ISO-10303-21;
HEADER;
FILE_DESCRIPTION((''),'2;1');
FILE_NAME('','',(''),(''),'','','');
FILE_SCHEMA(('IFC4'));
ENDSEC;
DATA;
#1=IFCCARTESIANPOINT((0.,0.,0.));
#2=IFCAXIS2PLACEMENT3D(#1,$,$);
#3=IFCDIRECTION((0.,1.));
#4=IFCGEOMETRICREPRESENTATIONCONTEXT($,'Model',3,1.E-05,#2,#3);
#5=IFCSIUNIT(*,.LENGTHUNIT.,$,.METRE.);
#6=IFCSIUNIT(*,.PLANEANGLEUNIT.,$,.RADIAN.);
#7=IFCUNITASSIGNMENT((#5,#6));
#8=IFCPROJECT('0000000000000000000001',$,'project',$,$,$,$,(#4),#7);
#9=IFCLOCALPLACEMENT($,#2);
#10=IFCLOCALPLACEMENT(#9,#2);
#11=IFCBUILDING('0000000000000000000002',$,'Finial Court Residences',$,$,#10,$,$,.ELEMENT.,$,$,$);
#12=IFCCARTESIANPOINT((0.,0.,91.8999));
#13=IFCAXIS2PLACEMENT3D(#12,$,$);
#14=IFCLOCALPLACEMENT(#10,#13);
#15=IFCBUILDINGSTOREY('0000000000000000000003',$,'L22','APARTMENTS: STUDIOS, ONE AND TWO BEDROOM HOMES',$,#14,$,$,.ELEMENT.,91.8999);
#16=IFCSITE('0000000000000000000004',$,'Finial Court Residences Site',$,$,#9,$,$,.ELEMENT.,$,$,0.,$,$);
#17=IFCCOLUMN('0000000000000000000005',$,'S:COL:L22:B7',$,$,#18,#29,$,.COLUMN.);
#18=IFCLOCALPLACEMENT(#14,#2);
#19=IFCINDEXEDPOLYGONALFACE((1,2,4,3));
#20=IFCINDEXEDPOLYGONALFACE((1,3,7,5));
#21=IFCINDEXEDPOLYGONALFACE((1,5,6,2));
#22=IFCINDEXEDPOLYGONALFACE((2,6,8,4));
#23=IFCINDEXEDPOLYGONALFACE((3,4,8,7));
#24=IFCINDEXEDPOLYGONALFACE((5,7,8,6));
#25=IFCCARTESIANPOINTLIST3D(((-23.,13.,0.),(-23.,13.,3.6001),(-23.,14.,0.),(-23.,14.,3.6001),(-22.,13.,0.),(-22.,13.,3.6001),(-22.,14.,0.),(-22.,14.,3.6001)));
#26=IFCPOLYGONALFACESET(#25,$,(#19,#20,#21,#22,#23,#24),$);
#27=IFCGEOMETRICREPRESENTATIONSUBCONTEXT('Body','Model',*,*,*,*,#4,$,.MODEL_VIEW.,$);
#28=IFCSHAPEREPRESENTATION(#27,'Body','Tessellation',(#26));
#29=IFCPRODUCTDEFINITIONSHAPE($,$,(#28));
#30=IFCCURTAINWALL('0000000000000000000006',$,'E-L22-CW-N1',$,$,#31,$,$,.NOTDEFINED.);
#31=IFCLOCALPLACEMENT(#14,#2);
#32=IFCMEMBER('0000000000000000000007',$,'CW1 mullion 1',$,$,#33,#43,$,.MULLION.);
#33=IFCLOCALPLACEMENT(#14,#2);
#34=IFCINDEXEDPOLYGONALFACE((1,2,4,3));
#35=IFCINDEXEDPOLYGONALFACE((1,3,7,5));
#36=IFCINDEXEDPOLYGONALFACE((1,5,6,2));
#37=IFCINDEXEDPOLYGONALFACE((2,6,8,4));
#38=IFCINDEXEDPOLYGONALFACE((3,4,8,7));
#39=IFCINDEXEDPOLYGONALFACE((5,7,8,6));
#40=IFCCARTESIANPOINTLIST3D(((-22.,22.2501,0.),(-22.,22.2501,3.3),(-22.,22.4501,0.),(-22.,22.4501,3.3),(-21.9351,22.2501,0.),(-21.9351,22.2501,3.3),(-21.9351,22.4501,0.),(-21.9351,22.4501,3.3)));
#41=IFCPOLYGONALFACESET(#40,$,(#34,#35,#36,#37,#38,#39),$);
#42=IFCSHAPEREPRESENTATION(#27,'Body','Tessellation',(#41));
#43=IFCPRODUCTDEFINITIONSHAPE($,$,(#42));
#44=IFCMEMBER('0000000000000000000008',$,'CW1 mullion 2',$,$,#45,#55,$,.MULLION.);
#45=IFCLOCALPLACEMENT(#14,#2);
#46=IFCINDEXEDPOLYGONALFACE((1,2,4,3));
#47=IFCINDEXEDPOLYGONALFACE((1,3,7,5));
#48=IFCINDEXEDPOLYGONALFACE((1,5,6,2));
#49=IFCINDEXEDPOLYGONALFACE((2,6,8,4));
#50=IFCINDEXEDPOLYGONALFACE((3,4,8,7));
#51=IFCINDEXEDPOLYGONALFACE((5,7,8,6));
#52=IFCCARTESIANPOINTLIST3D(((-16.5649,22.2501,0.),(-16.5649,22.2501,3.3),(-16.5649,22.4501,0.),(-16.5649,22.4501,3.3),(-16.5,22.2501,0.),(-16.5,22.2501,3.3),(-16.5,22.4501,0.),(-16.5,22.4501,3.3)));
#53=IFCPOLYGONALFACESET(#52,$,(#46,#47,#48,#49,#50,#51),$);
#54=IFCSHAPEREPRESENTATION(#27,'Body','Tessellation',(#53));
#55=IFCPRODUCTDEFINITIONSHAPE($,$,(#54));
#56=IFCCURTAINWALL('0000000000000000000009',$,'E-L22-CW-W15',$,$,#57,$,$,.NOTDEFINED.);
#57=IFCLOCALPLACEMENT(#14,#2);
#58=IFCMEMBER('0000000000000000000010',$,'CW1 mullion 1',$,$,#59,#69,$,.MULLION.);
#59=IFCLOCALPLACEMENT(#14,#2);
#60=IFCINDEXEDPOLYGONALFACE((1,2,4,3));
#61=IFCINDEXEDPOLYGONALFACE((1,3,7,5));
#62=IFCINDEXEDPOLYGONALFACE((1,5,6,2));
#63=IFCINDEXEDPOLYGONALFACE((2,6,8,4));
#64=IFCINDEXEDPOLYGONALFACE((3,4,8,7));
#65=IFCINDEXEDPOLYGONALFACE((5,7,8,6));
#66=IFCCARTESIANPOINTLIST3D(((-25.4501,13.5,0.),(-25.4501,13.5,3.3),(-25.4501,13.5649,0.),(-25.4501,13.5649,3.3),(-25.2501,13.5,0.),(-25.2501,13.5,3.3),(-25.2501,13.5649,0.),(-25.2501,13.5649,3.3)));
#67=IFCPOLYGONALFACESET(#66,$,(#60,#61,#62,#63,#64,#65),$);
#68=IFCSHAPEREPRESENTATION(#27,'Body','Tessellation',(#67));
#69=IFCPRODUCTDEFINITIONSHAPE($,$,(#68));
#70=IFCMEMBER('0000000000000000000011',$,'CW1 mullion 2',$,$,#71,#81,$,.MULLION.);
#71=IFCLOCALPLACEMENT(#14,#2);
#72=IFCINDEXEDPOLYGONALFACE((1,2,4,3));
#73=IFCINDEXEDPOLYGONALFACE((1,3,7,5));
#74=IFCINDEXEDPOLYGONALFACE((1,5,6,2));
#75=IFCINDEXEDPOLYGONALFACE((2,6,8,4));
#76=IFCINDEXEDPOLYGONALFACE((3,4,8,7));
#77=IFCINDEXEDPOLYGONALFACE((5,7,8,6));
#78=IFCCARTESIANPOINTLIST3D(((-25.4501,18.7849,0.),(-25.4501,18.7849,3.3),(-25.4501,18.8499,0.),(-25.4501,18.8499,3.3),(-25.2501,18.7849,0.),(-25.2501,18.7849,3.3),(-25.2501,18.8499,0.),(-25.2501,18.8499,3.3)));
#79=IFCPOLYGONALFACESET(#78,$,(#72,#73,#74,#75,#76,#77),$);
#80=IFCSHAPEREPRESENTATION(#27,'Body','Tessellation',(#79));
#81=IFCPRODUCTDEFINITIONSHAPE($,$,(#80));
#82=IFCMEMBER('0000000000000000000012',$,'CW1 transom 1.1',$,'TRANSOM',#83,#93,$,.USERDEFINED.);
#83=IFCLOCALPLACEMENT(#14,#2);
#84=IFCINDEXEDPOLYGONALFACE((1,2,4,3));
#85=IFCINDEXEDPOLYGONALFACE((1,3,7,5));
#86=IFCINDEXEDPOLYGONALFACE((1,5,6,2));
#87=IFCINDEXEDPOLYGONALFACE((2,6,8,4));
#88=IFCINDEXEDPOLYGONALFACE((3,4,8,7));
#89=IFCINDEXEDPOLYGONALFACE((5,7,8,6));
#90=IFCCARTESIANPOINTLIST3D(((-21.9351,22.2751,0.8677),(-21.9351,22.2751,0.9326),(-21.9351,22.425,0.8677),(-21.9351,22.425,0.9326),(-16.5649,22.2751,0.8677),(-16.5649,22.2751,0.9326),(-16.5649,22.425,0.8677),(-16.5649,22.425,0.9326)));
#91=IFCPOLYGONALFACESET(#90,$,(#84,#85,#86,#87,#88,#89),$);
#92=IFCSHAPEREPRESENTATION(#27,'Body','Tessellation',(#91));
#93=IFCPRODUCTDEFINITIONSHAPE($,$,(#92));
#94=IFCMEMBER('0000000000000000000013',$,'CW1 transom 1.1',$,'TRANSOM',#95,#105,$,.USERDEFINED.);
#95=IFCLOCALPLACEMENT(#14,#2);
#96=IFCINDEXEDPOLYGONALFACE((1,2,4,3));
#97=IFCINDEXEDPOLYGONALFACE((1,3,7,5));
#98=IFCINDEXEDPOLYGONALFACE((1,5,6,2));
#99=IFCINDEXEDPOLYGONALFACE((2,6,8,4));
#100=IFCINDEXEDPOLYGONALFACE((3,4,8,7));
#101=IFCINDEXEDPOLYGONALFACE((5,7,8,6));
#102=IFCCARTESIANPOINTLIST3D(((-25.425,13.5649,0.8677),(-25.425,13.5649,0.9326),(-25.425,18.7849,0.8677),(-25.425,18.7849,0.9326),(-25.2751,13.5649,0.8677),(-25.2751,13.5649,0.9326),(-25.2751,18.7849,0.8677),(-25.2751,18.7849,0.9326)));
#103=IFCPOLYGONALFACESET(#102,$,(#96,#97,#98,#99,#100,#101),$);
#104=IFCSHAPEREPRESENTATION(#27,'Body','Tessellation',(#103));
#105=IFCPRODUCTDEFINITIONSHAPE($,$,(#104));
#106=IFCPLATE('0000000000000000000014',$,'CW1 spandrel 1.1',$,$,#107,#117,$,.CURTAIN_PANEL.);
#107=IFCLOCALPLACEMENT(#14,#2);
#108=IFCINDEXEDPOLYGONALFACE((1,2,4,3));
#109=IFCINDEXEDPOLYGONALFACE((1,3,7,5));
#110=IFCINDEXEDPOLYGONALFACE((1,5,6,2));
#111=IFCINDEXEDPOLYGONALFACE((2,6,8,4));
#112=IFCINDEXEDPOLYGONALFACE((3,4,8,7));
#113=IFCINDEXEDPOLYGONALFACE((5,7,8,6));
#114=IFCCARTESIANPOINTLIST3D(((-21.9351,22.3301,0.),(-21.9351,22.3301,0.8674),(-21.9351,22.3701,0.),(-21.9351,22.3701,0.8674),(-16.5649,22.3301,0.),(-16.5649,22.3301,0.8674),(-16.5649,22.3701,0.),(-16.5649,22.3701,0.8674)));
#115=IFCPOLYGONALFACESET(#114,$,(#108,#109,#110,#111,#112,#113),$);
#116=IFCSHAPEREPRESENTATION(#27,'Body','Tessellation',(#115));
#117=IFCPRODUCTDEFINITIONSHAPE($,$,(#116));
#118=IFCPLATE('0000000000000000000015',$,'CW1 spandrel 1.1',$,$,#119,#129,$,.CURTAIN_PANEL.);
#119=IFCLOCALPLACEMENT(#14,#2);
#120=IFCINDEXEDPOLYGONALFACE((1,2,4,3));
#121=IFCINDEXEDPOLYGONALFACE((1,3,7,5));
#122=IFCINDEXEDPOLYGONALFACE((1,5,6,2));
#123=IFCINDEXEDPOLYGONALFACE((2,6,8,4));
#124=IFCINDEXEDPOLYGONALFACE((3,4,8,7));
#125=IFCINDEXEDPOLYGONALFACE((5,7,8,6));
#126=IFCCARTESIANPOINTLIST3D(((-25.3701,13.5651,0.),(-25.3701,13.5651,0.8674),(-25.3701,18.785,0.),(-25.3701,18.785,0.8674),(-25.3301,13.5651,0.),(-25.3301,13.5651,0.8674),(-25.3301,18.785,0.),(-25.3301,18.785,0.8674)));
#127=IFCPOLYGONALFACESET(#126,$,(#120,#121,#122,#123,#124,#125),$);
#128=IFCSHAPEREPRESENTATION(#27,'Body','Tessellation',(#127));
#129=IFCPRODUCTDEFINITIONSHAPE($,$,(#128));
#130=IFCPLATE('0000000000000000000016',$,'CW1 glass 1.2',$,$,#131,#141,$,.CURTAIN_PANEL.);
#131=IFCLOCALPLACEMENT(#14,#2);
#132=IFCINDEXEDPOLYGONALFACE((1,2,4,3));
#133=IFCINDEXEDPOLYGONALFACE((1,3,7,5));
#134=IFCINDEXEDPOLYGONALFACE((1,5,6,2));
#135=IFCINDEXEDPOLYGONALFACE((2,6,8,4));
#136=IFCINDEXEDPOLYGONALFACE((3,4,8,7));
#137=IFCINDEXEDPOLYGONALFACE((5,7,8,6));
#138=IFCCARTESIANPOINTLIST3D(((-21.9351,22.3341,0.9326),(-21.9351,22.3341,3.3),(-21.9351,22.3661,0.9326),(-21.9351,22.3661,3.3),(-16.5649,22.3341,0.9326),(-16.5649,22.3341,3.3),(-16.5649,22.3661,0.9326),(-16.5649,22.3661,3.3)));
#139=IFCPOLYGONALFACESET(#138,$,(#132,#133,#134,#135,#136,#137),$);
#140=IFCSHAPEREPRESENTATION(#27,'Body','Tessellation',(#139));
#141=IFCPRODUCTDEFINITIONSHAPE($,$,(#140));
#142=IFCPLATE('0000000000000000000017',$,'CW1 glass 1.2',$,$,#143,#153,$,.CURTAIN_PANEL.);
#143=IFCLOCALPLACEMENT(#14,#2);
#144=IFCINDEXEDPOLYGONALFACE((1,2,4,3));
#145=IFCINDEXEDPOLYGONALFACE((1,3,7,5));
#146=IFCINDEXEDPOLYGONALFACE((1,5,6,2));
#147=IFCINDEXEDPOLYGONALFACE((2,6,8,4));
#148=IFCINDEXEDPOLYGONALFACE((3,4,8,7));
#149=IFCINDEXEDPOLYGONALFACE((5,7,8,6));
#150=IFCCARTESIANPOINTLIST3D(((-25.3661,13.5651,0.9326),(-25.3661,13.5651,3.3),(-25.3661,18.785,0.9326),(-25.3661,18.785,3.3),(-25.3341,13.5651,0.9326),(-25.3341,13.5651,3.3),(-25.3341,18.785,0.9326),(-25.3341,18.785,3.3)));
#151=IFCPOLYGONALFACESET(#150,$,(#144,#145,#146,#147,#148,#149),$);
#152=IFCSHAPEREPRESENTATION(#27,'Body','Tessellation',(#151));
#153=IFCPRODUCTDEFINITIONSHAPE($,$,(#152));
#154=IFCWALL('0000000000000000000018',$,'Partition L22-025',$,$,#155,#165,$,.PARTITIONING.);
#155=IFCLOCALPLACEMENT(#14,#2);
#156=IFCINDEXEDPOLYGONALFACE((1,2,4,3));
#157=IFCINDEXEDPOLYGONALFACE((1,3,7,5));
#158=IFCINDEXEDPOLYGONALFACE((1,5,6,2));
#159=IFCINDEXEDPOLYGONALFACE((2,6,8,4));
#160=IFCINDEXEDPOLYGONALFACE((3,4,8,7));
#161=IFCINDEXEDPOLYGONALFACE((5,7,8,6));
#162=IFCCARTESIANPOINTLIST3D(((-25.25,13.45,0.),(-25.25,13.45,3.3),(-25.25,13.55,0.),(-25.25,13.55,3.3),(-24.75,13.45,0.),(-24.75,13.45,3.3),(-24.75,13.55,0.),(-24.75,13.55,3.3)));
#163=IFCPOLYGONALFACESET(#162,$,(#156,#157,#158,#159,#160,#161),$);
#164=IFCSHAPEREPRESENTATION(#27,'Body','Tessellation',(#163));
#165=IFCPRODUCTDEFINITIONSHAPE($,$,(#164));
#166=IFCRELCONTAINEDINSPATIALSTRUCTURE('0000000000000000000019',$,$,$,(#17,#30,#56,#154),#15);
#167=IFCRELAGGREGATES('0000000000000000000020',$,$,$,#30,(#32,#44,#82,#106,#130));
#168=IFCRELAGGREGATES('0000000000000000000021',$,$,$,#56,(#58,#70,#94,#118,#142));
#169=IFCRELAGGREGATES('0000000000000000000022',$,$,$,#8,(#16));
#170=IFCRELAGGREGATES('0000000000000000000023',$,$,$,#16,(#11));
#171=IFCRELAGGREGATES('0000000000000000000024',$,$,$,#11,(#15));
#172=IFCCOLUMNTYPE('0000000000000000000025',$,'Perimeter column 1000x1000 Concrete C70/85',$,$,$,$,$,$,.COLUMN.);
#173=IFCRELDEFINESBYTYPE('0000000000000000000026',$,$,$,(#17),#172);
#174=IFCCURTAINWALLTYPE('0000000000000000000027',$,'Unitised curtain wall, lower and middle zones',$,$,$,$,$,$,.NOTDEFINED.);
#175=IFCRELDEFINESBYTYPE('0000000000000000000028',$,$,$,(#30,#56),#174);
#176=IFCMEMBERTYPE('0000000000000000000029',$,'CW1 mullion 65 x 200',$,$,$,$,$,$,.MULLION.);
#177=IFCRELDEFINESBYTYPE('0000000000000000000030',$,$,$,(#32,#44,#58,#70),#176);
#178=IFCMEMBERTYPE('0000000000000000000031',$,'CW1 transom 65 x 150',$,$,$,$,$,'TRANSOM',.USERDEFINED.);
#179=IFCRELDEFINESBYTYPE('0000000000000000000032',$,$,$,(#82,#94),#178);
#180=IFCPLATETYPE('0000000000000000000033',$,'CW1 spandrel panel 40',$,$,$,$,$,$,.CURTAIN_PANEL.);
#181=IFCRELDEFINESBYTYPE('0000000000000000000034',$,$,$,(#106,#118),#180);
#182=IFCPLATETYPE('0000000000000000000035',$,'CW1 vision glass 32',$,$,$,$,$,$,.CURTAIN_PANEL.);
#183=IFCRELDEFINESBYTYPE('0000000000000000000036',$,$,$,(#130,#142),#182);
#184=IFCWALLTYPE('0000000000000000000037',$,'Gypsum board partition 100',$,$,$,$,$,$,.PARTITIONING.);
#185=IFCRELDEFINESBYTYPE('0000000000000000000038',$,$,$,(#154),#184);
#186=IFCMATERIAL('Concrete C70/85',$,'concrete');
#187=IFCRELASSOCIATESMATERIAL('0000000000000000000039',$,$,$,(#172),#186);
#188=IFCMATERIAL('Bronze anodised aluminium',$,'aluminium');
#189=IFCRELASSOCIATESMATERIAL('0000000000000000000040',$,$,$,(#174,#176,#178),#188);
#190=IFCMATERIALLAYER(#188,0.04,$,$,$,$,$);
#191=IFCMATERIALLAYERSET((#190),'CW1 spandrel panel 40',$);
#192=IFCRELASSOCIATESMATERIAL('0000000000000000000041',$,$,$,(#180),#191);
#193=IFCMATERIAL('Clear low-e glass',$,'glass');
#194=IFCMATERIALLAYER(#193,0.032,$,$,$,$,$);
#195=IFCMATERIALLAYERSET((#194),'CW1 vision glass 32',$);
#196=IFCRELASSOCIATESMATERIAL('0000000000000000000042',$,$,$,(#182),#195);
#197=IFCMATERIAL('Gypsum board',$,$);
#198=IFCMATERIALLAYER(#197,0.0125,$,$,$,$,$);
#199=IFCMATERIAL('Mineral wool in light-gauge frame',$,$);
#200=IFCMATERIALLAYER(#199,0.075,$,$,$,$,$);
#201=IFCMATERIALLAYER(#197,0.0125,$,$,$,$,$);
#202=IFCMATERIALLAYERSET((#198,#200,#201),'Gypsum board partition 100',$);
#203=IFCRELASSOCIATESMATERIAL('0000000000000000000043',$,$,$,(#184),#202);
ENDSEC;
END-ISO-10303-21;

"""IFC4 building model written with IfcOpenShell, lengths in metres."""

from ifc_helpers import new_model, si_unit, direction, frame, frame_2d, origin, origin_2d, place, context, subcontext, project, spatial, rectangle, extrude, material, layer, layer_set, material_profile, profile_set, type_object, element, aggregate, save


model = new_model("IFC4")

# Units and contexts
model_context = context("Model", 3, precision=1e-05, world=origin(), true_north=direction((0.0, 1.0)))
body_context = subcontext(model_context, "Body", "Model", "MODEL_VIEW")
ifc_project = project(units=[si_unit("LENGTHUNIT", "METRE"), si_unit("PLANEANGLEUNIT", "RADIAN")], contexts=[model_context])

# Site, building, storey
site_placement = place(None, origin())
site = spatial("IfcSite", under=ifc_project, at=site_placement, Name="Finial Court Residences Site", CompositionType="ELEMENT", RefElevation=0.0)
building_placement = place(site_placement, origin())
building = spatial("IfcBuilding", under=site, at=building_placement, Name="Finial Court Residences", CompositionType="ELEMENT")
storey_placement = place(building_placement, frame((0.0, 0.0, 91.8999)))
storey = spatial("IfcBuildingStorey", under=building, at=storey_placement, Name="L22", Description="APARTMENTS: STUDIOS, ONE AND TWO BEDROOM HOMES", CompositionType="ELEMENT", Elevation=91.8999)

# Column
ifc_material_1 = material(Name="Concrete C70/85", Category="concrete")
ifc_material_profile_1 = material_profile(ifc_material_1, rectangle(XDim=1.0, YDim=1.0, at=origin_2d()), Name="1000x1000")
ifc_profile_set_1 = profile_set([ifc_material_profile_1], Name="Concrete C70/85")
column_type = type_object("IfcColumnType", Name="Perimeter column 1000x1000 Concrete C70/85", PredefinedType="COLUMN", material=ifc_profile_set_1)
column_placement = place(storey_placement, frame((-22.5, 13.5, 0.0), z_axis=(0.0, 0.0, 1.0), x_axis=(1.0, 0.0, 0.0)))
element("IfcColumn", 1, at=column_placement, inside=storey, type_object=column_type, Name="S:COL:L22:B7", PredefinedType="COLUMN", context=body_context, shape_type="SweptSolid", body=[
    extrude(rectangle(XDim=1.0, YDim=1.0, at=origin_2d()), origin(), (0.0, 0.0, 1.0), 3.6001),
])

# Curtain walls, members
ifc_material_2 = material(Name="Bronze anodised aluminium", Category="aluminium")
curtain_wall_type = type_object("IfcCurtainWallType", Name="Unitised curtain wall, lower and middle zones", PredefinedType="NOTDEFINED", material=ifc_material_2)
curtain_wall_1_placement = place(storey_placement, origin())
curtain_wall_1 = element("IfcCurtainWall", 2, at=curtain_wall_1_placement, inside=storey, type_object=curtain_wall_type, Name="E-L22-CW-N1", PredefinedType="NOTDEFINED")
ifc_material_profile_2 = material_profile(ifc_material_2, rectangle(XDim=0.2, YDim=0.0649, at=origin_2d()), Name="CW1 mullion 65 x 200")
ifc_profile_set_2 = profile_set([ifc_material_profile_2], Name="Bronze anodised aluminium")
member_type_1 = type_object("IfcMemberType", Name="CW1 mullion 65 x 200", PredefinedType="MULLION", material=ifc_profile_set_2)
member_1_placement = place(storey_placement, frame((-21.9675, 22.3501, 0.0), z_axis=(0.0, 0.0, 1.0), x_axis=(0.0, 1.0, 0.0)))
member_1 = element("IfcMember", 3, at=member_1_placement, type_object=member_type_1, Name="CW1 mullion 1", PredefinedType="MULLION", context=body_context, shape_type="SweptSolid", body=[
    extrude(rectangle(XDim=0.2, YDim=0.0649, at=origin_2d()), origin(), (0.0, 0.0, 1.0), 3.3),
])
member_2_placement = place(storey_placement, frame((-16.5325, 22.3501, 0.0), z_axis=(0.0, 0.0, 1.0), x_axis=(0.0, 1.0, 0.0)))
member_2 = element("IfcMember", 4, at=member_2_placement, type_object=member_type_1, Name="CW1 mullion 2", PredefinedType="MULLION", context=body_context, shape_type="SweptSolid", body=[
    extrude(rectangle(XDim=0.2, YDim=0.0649, at=origin_2d()), origin(), (0.0, 0.0, 1.0), 3.3),
])
curtain_wall_2_placement = place(storey_placement, origin())
curtain_wall_2 = element("IfcCurtainWall", 5, at=curtain_wall_2_placement, inside=storey, type_object=curtain_wall_type, Name="E-L22-CW-W15", PredefinedType="NOTDEFINED")
member_3_placement = place(storey_placement, frame((-25.3501, 13.5325, 0.0), z_axis=(0.0, 0.0, 1.0), x_axis=(-1.0, 0.0, 0.0)))
member_3 = element("IfcMember", 6, at=member_3_placement, type_object=member_type_1, Name="CW1 mullion 1", PredefinedType="MULLION", context=body_context, shape_type="SweptSolid", body=[
    extrude(rectangle(XDim=0.2, YDim=0.0649, at=origin_2d()), origin(), (0.0, 0.0, 1.0), 3.3),
])
member_4_placement = place(storey_placement, frame((-25.3501, 18.8174, 0.0), z_axis=(0.0, 0.0, 1.0), x_axis=(-1.0, 0.0, 0.0)))
member_4 = element("IfcMember", 7, at=member_4_placement, type_object=member_type_1, Name="CW1 mullion 2", PredefinedType="MULLION", context=body_context, shape_type="SweptSolid", body=[
    extrude(rectangle(XDim=0.2, YDim=0.0649, at=origin_2d()), origin(), (0.0, 0.0, 1.0), 3.3),
])

# Members
ifc_material_profile_3 = material_profile(ifc_material_2, rectangle(XDim=0.1499, YDim=0.0649, at=origin_2d()), Name="CW1 transom 65 x 150")
ifc_profile_set_3 = profile_set([ifc_material_profile_3], Name="Bronze anodised aluminium")
member_type_2 = type_object("IfcMemberType", Name="CW1 transom 65 x 150", ElementType="TRANSOM", PredefinedType="USERDEFINED", material=ifc_profile_set_3)
member_5_placement = place(storey_placement, frame((-21.9351, 22.3501, 0.9001), z_axis=(1.0, 0.0, 0.0), x_axis=(0.0, 1.0, 0.0)))
member_5 = element("IfcMember", 8, at=member_5_placement, type_object=member_type_2, Name="CW1 transom 1.1", ObjectType="TRANSOM", PredefinedType="USERDEFINED", context=body_context, shape_type="SweptSolid", body=[
    extrude(rectangle(XDim=0.1499, YDim=0.0649, at=origin_2d()), origin(), (0.0, 0.0, 1.0), 5.3701),
])
member_6_placement = place(storey_placement, frame((-25.3501, 13.5649, 0.9001), z_axis=(0.0, 1.0, 0.0), x_axis=(-1.0, 0.0, 0.0)))
member_6 = element("IfcMember", 9, at=member_6_placement, type_object=member_type_2, Name="CW1 transom 1.1", ObjectType="TRANSOM", PredefinedType="USERDEFINED", context=body_context, shape_type="SweptSolid", body=[
    extrude(rectangle(XDim=0.1499, YDim=0.0649, at=origin_2d()), origin(), (0.0, 0.0, 1.0), 5.22),
])

# Plates
ifc_layer_1 = layer(ifc_material_2, 0.04)
ifc_layer_set_1 = layer_set([ifc_layer_1], Name="CW1 spandrel panel 40")
plate_type_1 = type_object("IfcPlateType", Name="CW1 spandrel panel 40", PredefinedType="CURTAIN_PANEL", material=ifc_layer_set_1)
plate_1_placement = place(storey_placement, frame((-19.25, 22.3501, 0.0), z_axis=(0.0, 0.0, 1.0), x_axis=(1.0, 0.0, 0.0)))
plate_1 = element("IfcPlate", 10, at=plate_1_placement, type_object=plate_type_1, Name="CW1 spandrel 1.1", PredefinedType="CURTAIN_PANEL", context=body_context, shape_type="SweptSolid", body=[
    extrude(rectangle(XDim=5.3701, YDim=0.04, at=origin_2d()), origin(), (0.0, 0.0, 1.0), 0.8674),
])
plate_2_placement = place(storey_placement, frame((-25.3501, 16.175, 0.0), z_axis=(0.0, 0.0, 1.0), x_axis=(0.0, 1.0, 0.0)))
plate_2 = element("IfcPlate", 11, at=plate_2_placement, type_object=plate_type_1, Name="CW1 spandrel 1.1", PredefinedType="CURTAIN_PANEL", context=body_context, shape_type="SweptSolid", body=[
    extrude(rectangle(XDim=5.22, YDim=0.04, at=origin_2d()), origin(), (0.0, 0.0, 1.0), 0.8674),
])
ifc_material_3 = material(Name="Clear low-e glass", Category="glass")
ifc_layer_2 = layer(ifc_material_3, 0.032)
ifc_layer_set_2 = layer_set([ifc_layer_2], Name="CW1 vision glass 32")
plate_type_2 = type_object("IfcPlateType", Name="CW1 vision glass 32", PredefinedType="CURTAIN_PANEL", material=ifc_layer_set_2)
plate_3_placement = place(storey_placement, frame((-19.25, 22.3501, 0.9326), z_axis=(0.0, 0.0, 1.0), x_axis=(1.0, 0.0, 0.0)))
plate_3 = element("IfcPlate", 12, at=plate_3_placement, type_object=plate_type_2, Name="CW1 glass 1.2", PredefinedType="CURTAIN_PANEL", context=body_context, shape_type="SweptSolid", body=[
    extrude(rectangle(XDim=5.3701, YDim=0.032, at=origin_2d()), origin(), (0.0, 0.0, 1.0), 2.3674),
])
aggregate(curtain_wall_1, [member_1, member_2, member_5, plate_1, plate_3])
plate_4_placement = place(storey_placement, frame((-25.3501, 16.175, 0.9326), z_axis=(0.0, 0.0, 1.0), x_axis=(0.0, 1.0, 0.0)))
plate_4 = element("IfcPlate", 13, at=plate_4_placement, type_object=plate_type_2, Name="CW1 glass 1.2", PredefinedType="CURTAIN_PANEL", context=body_context, shape_type="SweptSolid", body=[
    extrude(rectangle(XDim=5.22, YDim=0.032, at=origin_2d()), origin(), (0.0, 0.0, 1.0), 2.3674),
])
aggregate(curtain_wall_2, [member_3, member_4, member_6, plate_2, plate_4])

# Wall
ifc_material_4 = material(Name="Gypsum board")
ifc_layer_3 = layer(ifc_material_4, 0.0125)
ifc_material_5 = material(Name="Mineral wool in light-gauge frame")
ifc_layer_4 = layer(ifc_material_5, 0.075)
ifc_layer_5 = layer(ifc_material_4, 0.0125)
ifc_layer_set_3 = layer_set([ifc_layer_3, ifc_layer_4, ifc_layer_5], Name="Gypsum board partition 100")
wall_type_1 = type_object("IfcWallType", Name="Gypsum board partition 100", PredefinedType="PARTITIONING", material=ifc_layer_set_3)
wall_1_placement = place(storey_placement, frame((-25.25, 13.5, 0.0), z_axis=(0.0, 0.0, 1.0), x_axis=(1.0, 0.0, 0.0)))
element("IfcWall", 14, at=wall_1_placement, inside=storey, type_object=wall_type_1, Name="Partition L22-025", PredefinedType="PARTITIONING", context=body_context, shape_type="SweptSolid", body=[
    extrude(rectangle(XDim=0.5, YDim=0.1001, at=frame_2d((0.25, 0.0))), origin(), (0.0, 0.0, 1.0), 3.3),
])

save(model, "model.ifc")
